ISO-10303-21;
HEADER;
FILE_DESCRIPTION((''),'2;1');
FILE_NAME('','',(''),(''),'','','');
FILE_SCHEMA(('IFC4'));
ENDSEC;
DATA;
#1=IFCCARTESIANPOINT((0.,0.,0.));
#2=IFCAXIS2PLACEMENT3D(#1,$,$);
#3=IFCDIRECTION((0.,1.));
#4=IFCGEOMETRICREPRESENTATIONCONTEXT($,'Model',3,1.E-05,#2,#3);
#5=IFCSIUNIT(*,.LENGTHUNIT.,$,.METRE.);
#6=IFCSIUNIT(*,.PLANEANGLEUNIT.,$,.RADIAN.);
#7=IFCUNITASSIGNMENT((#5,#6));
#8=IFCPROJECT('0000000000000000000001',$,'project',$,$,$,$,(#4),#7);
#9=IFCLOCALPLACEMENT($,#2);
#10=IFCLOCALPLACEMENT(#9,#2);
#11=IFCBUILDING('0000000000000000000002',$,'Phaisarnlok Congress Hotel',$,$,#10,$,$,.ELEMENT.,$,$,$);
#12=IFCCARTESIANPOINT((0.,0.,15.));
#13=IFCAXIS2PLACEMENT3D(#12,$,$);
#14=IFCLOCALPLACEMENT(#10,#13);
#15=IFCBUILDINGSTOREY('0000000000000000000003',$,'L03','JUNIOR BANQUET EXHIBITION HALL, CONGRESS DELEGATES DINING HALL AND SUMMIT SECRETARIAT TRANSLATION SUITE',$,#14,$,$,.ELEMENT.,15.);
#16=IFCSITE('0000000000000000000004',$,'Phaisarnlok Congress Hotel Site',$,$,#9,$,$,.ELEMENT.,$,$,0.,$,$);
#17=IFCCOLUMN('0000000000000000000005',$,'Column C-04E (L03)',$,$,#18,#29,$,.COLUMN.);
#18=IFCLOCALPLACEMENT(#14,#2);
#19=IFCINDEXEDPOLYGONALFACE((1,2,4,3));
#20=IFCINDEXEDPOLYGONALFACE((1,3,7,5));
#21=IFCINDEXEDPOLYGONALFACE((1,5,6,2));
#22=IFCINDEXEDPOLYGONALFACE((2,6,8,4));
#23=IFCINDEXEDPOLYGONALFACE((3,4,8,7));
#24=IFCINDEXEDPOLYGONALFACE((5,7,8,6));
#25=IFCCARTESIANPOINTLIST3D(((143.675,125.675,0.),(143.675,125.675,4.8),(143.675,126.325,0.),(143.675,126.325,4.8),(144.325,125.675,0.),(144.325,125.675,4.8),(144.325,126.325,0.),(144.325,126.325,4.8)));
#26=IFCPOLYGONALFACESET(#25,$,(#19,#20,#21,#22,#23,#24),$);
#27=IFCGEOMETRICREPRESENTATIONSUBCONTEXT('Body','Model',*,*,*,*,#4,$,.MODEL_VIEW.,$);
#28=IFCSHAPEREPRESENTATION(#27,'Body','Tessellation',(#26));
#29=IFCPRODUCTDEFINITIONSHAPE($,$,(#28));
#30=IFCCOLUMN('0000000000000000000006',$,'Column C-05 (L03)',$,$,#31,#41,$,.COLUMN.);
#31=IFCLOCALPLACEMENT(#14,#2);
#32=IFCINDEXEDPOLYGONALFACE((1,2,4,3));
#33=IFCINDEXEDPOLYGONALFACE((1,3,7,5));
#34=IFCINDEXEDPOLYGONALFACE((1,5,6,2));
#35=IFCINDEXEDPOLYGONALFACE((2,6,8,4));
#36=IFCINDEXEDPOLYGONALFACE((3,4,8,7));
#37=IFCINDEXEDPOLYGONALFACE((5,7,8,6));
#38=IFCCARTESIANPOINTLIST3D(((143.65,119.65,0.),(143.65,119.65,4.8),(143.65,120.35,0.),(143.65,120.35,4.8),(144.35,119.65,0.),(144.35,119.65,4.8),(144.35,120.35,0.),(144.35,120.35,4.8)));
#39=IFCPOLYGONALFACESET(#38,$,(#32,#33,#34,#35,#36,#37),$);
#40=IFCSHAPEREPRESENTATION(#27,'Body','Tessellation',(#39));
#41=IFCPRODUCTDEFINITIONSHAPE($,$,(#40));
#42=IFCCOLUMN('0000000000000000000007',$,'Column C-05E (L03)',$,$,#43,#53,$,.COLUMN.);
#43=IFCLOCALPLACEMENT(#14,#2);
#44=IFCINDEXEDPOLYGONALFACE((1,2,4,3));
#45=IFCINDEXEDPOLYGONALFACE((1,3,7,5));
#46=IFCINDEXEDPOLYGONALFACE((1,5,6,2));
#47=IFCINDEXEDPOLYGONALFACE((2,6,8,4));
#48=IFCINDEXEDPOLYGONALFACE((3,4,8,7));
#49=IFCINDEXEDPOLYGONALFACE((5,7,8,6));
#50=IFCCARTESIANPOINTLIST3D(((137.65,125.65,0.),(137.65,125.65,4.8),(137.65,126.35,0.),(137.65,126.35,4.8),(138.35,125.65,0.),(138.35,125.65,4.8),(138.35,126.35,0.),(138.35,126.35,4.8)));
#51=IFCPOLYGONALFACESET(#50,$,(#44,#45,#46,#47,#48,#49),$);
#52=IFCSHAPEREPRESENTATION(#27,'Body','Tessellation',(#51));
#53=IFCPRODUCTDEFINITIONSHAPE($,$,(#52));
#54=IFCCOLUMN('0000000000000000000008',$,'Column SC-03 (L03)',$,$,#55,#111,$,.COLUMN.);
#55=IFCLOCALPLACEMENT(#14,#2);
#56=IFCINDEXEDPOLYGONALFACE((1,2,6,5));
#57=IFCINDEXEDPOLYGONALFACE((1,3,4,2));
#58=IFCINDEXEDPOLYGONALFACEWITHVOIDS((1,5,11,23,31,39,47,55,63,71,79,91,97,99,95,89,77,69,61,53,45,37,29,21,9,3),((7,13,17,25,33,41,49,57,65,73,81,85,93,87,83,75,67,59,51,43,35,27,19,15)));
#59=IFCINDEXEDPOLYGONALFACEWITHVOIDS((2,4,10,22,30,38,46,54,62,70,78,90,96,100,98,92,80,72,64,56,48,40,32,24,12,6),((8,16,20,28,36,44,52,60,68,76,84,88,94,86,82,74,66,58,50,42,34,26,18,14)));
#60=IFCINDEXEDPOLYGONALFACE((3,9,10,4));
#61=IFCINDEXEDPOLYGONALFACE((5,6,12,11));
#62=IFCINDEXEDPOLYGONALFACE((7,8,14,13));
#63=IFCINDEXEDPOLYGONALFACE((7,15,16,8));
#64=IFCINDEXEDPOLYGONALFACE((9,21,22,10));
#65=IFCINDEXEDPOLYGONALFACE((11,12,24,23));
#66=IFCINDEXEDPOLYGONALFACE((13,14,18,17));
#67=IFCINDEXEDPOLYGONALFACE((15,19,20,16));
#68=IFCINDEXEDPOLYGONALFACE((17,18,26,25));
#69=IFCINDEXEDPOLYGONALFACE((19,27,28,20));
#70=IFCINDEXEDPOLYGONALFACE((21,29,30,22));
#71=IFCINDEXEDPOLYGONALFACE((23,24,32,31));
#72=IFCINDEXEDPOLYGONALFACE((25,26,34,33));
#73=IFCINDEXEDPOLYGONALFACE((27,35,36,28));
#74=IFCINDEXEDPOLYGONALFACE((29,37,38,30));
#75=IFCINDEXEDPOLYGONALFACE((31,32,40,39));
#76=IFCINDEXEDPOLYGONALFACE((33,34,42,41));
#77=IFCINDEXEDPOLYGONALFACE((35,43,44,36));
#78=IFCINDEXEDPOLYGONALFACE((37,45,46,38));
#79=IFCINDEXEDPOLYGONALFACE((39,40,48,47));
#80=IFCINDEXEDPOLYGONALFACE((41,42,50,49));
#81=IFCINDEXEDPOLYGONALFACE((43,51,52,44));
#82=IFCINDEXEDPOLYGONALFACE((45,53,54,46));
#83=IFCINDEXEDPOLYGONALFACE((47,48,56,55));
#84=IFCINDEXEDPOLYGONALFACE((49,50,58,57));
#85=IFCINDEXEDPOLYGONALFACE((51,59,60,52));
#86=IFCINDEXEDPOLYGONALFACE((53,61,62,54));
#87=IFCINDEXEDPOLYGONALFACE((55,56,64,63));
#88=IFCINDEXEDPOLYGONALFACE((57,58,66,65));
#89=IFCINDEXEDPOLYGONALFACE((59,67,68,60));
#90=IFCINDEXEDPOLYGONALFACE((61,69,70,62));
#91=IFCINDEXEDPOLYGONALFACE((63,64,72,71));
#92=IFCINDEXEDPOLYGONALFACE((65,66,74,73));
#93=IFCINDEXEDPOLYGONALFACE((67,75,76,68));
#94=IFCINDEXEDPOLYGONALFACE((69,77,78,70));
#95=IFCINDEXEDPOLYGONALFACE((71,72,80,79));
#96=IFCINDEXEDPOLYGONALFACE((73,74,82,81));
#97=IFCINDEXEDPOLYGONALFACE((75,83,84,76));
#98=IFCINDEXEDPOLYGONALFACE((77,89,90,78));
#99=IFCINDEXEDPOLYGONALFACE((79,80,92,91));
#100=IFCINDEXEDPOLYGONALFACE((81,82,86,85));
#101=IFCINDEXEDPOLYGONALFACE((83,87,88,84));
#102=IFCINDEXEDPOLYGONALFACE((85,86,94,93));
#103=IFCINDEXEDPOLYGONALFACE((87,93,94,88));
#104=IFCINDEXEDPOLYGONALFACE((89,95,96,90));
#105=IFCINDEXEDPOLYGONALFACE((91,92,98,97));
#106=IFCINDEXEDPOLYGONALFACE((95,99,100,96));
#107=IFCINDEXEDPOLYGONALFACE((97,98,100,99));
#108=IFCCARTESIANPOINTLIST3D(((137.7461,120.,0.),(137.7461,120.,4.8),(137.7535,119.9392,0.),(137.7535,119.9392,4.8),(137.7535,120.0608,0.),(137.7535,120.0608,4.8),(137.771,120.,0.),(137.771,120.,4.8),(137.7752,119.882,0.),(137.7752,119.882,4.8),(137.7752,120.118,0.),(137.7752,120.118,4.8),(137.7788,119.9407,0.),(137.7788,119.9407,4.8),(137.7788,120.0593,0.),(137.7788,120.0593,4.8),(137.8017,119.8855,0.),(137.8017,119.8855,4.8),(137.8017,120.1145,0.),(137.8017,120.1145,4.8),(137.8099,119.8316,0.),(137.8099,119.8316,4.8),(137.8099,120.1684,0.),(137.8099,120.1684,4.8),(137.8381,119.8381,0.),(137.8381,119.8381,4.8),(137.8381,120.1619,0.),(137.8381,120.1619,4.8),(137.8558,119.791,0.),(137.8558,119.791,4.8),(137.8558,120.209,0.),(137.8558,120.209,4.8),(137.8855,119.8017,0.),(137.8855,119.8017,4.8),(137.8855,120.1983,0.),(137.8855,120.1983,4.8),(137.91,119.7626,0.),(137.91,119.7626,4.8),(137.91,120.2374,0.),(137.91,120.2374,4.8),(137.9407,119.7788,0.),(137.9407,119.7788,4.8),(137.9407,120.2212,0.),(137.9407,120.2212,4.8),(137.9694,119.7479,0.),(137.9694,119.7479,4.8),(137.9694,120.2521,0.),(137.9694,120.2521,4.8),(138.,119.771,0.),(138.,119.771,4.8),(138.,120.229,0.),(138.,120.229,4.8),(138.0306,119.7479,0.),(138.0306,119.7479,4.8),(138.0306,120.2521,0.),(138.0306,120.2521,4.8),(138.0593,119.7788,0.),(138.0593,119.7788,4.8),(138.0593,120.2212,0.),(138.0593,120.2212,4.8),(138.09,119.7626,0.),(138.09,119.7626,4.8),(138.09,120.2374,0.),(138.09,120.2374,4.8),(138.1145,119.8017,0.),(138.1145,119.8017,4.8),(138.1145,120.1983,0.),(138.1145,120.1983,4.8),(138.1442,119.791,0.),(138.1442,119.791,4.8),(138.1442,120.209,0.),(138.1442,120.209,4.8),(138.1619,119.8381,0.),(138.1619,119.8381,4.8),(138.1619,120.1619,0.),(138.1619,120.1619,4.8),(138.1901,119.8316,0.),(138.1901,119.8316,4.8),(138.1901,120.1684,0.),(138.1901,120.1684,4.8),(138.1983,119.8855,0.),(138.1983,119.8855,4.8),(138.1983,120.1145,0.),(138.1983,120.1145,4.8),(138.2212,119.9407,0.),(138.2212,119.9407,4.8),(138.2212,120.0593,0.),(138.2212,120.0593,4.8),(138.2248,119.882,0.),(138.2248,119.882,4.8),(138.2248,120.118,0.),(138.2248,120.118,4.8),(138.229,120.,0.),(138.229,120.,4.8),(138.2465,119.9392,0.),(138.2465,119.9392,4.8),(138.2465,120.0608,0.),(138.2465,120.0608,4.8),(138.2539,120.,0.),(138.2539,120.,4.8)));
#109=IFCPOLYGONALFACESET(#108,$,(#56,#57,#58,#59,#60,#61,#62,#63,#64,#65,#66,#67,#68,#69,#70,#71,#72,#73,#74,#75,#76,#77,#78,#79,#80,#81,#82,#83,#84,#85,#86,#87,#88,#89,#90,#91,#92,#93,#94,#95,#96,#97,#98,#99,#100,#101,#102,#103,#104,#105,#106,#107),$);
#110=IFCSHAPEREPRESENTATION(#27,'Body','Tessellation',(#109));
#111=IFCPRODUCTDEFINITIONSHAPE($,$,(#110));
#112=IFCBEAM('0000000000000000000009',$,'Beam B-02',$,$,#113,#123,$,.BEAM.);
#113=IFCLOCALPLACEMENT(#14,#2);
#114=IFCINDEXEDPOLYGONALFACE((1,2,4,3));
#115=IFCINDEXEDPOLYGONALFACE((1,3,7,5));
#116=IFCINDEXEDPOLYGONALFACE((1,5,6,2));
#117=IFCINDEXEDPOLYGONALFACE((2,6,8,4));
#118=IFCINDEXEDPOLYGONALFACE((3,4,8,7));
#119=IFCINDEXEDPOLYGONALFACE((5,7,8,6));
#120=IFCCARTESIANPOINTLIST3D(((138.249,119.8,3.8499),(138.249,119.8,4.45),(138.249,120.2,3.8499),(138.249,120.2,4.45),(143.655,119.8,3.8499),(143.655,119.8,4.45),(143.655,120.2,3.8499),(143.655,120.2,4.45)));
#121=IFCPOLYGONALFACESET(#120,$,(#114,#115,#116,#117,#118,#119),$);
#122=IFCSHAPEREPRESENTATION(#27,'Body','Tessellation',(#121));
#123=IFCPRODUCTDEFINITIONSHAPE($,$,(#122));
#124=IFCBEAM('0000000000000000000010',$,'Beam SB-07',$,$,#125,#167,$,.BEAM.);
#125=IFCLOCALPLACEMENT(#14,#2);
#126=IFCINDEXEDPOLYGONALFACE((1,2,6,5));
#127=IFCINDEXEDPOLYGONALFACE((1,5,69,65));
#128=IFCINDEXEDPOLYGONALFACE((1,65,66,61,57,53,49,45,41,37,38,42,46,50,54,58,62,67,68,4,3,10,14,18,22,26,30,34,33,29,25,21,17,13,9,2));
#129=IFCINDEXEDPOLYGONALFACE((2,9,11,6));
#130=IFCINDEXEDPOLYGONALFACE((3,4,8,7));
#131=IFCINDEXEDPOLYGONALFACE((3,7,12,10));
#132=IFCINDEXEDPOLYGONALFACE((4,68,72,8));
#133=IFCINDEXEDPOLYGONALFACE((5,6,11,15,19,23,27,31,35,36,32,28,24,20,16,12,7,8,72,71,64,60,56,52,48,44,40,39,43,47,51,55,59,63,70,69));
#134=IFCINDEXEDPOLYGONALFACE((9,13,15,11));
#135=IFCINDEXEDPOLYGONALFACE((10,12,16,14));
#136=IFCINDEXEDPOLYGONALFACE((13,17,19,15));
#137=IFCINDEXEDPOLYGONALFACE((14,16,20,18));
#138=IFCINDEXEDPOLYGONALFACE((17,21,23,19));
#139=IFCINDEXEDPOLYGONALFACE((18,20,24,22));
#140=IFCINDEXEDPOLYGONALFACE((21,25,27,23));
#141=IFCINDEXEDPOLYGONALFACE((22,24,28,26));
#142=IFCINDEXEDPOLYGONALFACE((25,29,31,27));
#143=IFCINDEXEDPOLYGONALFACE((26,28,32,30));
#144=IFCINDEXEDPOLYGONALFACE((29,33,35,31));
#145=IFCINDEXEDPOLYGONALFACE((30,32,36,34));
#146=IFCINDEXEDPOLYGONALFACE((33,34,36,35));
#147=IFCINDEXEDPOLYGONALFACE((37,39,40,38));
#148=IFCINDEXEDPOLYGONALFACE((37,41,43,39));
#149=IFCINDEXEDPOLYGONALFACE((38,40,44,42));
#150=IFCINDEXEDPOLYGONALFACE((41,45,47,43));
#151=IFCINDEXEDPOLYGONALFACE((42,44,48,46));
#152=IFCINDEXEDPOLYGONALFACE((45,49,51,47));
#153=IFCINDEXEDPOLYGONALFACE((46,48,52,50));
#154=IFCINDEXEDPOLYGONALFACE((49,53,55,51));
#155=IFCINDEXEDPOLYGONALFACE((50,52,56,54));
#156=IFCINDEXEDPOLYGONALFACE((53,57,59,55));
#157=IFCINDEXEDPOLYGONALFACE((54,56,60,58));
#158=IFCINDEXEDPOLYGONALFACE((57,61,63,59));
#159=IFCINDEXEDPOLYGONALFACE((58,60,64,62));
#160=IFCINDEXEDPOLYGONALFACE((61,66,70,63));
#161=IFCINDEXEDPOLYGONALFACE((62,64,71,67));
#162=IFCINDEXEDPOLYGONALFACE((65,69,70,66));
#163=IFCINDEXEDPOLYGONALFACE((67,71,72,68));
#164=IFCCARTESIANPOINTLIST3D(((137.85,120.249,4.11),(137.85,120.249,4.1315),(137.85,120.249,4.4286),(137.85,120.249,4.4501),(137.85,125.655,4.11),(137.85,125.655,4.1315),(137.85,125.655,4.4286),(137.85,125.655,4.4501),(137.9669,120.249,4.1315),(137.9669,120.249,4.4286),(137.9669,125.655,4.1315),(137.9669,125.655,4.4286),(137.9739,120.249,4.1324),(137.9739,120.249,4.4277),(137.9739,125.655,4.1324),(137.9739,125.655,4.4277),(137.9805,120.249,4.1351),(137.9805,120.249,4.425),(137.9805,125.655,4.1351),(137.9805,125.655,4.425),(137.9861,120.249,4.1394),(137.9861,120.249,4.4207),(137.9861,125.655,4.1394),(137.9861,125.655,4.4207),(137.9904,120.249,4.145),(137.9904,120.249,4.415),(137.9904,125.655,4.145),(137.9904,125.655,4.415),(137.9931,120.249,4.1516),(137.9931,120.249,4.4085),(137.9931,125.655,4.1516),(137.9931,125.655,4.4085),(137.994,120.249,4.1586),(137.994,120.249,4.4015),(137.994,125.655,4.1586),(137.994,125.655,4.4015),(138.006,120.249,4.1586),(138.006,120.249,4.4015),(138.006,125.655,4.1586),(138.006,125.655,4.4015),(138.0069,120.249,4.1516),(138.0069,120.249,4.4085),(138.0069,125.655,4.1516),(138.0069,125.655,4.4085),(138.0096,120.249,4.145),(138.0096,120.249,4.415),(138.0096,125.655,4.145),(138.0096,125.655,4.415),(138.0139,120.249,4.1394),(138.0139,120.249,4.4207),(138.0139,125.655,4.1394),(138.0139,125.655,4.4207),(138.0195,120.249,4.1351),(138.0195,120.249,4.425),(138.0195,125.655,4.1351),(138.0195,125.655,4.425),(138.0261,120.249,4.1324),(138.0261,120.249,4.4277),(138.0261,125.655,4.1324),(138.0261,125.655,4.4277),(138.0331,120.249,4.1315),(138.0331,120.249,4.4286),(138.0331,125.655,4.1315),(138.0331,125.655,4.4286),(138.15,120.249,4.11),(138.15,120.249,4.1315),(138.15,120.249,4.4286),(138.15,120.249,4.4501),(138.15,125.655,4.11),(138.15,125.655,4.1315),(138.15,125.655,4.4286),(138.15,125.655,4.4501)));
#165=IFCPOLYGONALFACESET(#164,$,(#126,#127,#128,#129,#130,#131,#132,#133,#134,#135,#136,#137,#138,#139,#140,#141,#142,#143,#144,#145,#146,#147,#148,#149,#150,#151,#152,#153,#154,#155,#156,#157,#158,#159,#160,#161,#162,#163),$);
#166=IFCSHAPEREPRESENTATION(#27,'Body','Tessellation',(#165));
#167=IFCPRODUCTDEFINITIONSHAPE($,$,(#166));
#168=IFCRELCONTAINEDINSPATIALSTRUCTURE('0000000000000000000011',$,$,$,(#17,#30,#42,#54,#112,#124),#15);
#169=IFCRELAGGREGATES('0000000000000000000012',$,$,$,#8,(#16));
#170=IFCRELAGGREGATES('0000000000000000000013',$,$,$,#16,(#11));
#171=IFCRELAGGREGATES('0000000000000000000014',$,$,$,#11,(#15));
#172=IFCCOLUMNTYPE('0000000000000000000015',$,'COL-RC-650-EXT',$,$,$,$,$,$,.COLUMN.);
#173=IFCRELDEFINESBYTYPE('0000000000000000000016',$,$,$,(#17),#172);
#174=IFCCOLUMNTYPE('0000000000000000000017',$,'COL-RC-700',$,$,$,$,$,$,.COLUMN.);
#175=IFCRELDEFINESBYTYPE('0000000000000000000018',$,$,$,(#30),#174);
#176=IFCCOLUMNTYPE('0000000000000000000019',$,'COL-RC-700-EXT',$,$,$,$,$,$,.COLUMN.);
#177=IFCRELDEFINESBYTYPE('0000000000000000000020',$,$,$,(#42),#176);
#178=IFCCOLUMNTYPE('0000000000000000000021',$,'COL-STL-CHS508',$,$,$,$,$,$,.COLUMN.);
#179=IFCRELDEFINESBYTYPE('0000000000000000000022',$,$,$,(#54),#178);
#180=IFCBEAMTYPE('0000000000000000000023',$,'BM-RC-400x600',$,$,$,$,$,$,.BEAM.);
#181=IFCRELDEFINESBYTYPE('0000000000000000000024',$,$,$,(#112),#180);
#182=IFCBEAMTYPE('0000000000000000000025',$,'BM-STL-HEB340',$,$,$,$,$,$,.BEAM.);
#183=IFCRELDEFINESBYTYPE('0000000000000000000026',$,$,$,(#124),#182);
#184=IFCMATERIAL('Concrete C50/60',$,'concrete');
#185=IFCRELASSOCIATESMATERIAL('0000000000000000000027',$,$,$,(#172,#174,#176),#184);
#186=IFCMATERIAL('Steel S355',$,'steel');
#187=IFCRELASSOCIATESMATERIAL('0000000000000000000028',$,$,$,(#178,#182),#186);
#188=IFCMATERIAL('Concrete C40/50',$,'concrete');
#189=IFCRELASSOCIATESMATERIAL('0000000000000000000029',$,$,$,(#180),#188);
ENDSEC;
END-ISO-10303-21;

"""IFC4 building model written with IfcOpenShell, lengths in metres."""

from ifc_helpers import new_model, si_unit, direction, frame, origin, origin_2d, place, context, subcontext, project, spatial, rectangle, hollow_circle, i_section, extrude, material, material_profile, profile_set, type_object, element, save


model = new_model("IFC4")

# Units and contexts
model_context = context("Model", 3, precision=1e-05, world=origin(), true_north=direction((0.0, 1.0)))
body_context = subcontext(model_context, "Body", "Model", "MODEL_VIEW")
ifc_project = project(units=[si_unit("LENGTHUNIT", "METRE"), si_unit("PLANEANGLEUNIT", "RADIAN")], contexts=[model_context])

# Site, building, storey
site_placement = place(None, origin())
site = spatial("IfcSite", under=ifc_project, at=site_placement, Name="Phaisarnlok Congress Hotel Site", CompositionType="ELEMENT", RefElevation=0.0)
building_placement = place(site_placement, origin())
building = spatial("IfcBuilding", under=site, at=building_placement, Name="Phaisarnlok Congress Hotel", CompositionType="ELEMENT")
storey_placement = place(building_placement, frame((0.0, 0.0, 15.0)))
storey = spatial("IfcBuildingStorey", under=building, at=storey_placement, Name="L03", Description="JUNIOR BANQUET EXHIBITION HALL, CONGRESS DELEGATES DINING HALL AND SUMMIT SECRETARIAT TRANSLATION SUITE", CompositionType="ELEMENT", Elevation=15.0)

# Columns
ifc_material_1 = material(Name="Concrete C50/60", Category="concrete")
ifc_material_profile_1 = material_profile(ifc_material_1, rectangle(XDim=0.6499, YDim=0.6499, at=origin_2d()), Name="RC 650x650")
ifc_profile_set_1 = profile_set([ifc_material_profile_1], Name="Concrete C50/60")
column_type_1 = type_object("IfcColumnType", Name="COL-RC-650-EXT", PredefinedType="COLUMN", material=ifc_profile_set_1)
column_1_placement = place(storey_placement, frame((144.0, 126.0, 0.0), z_axis=(0.0, 0.0, 1.0), x_axis=(1.0, 0.0, 0.0)))
element("IfcColumn", 1, at=column_1_placement, inside=storey, type_object=column_type_1, Name="Column C-04E (L03)", PredefinedType="COLUMN", context=body_context, shape_type="SweptSolid", body=[
    extrude(rectangle(XDim=0.6499, YDim=0.6499, at=origin_2d()), origin(), (0.0, 0.0, 1.0), 4.8),
])
ifc_material_profile_2 = material_profile(ifc_material_1, rectangle(XDim=0.7, YDim=0.7, at=origin_2d()), Name="RC 700x700")
ifc_profile_set_2 = profile_set([ifc_material_profile_2], Name="Concrete C50/60")
column_type_2 = type_object("IfcColumnType", Name="COL-RC-700", PredefinedType="COLUMN", material=ifc_profile_set_2)
column_2_placement = place(storey_placement, frame((144.0, 120.0, 0.0), z_axis=(0.0, 0.0, 1.0), x_axis=(1.0, 0.0, 0.0)))
element("IfcColumn", 2, at=column_2_placement, inside=storey, type_object=column_type_2, Name="Column C-05 (L03)", PredefinedType="COLUMN", context=body_context, shape_type="SweptSolid", body=[
    extrude(rectangle(XDim=0.7, YDim=0.7, at=origin_2d()), origin(), (0.0, 0.0, 1.0), 4.8),
])
ifc_material_profile_3 = material_profile(ifc_material_1, rectangle(XDim=0.7, YDim=0.7, at=origin_2d()), Name="RC 700x700")
ifc_profile_set_3 = profile_set([ifc_material_profile_3], Name="Concrete C50/60")
column_type_3 = type_object("IfcColumnType", Name="COL-RC-700-EXT", PredefinedType="COLUMN", material=ifc_profile_set_3)
column_3_placement = place(storey_placement, frame((138.0, 126.0, 0.0), z_axis=(0.0, 0.0, 1.0), x_axis=(1.0, 0.0, 0.0)))
element("IfcColumn", 3, at=column_3_placement, inside=storey, type_object=column_type_3, Name="Column C-05E (L03)", PredefinedType="COLUMN", context=body_context, shape_type="SweptSolid", body=[
    extrude(rectangle(XDim=0.7, YDim=0.7, at=origin_2d()), origin(), (0.0, 0.0, 1.0), 4.8),
])
ifc_material_2 = material(Name="Steel S355", Category="steel")
ifc_material_profile_4 = material_profile(ifc_material_2, hollow_circle(Radius=0.2539, WallThickness=0.0249, at=origin_2d()), Name="CHS 508x25")
ifc_profile_set_4 = profile_set([ifc_material_profile_4], Name="Steel S355")
column_type_4 = type_object("IfcColumnType", Name="COL-STL-CHS508", PredefinedType="COLUMN", material=ifc_profile_set_4)
column_4_placement = place(storey_placement, frame((138.0, 120.0, 0.0), z_axis=(0.0, 0.0, 1.0), x_axis=(1.0, 0.0, 0.0)))
element("IfcColumn", 4, at=column_4_placement, inside=storey, type_object=column_type_4, Name="Column SC-03 (L03)", PredefinedType="COLUMN", context=body_context, shape_type="SweptSolid", body=[
    extrude(hollow_circle(Radius=0.2539, WallThickness=0.0249, at=origin_2d()), origin(), (0.0, 0.0, 1.0), 4.8),
])

# Beams
ifc_material_3 = material(Name="Concrete C40/50", Category="concrete")
ifc_material_profile_5 = material_profile(ifc_material_3, rectangle(XDim=0.3999, YDim=0.6001, at=origin_2d()), Name="RC 400x600")
ifc_profile_set_5 = profile_set([ifc_material_profile_5], Name="Concrete C40/50")
beam_type_1 = type_object("IfcBeamType", Name="BM-RC-400x600", PredefinedType="BEAM", material=ifc_profile_set_5)
beam_1_placement = place(storey_placement, frame((138.249, 120.0, 4.1499), z_axis=(1.0, 0.0, 0.0), x_axis=(0.0, 1.0, 0.0)))
element("IfcBeam", 5, at=beam_1_placement, inside=storey, type_object=beam_type_1, Name="Beam B-02", PredefinedType="BEAM", context=body_context, shape_type="SweptSolid", body=[
    extrude(rectangle(XDim=0.3999, YDim=0.6001, at=origin_2d()), origin(), (0.0, 0.0, 1.0), 5.406),
])
ifc_material_profile_6 = material_profile(ifc_material_2, i_section(OverallWidth=0.3, OverallDepth=0.3401, WebThickness=0.012, FlangeThickness=0.0215, FilletRadius=0.0271, at=origin_2d()), Name="HEB 340")
ifc_profile_set_6 = profile_set([ifc_material_profile_6], Name="Steel S355")
beam_type_2 = type_object("IfcBeamType", Name="BM-STL-HEB340", PredefinedType="BEAM", material=ifc_profile_set_6)
beam_2_placement = place(storey_placement, frame((138.0, 120.249, 4.28), z_axis=(0.0, 1.0, 0.0), x_axis=(-1.0, 0.0, 0.0)))
element("IfcBeam", 6, at=beam_2_placement, inside=storey, type_object=beam_type_2, Name="Beam SB-07", PredefinedType="BEAM", context=body_context, shape_type="SweptSolid", body=[
    extrude(i_section(OverallWidth=0.3, OverallDepth=0.3401, WebThickness=0.012, FlangeThickness=0.0215, FilletRadius=0.0271, at=origin_2d()), origin(), (0.0, 0.0, 1.0), 5.406),
])

save(model, "model.ifc")
